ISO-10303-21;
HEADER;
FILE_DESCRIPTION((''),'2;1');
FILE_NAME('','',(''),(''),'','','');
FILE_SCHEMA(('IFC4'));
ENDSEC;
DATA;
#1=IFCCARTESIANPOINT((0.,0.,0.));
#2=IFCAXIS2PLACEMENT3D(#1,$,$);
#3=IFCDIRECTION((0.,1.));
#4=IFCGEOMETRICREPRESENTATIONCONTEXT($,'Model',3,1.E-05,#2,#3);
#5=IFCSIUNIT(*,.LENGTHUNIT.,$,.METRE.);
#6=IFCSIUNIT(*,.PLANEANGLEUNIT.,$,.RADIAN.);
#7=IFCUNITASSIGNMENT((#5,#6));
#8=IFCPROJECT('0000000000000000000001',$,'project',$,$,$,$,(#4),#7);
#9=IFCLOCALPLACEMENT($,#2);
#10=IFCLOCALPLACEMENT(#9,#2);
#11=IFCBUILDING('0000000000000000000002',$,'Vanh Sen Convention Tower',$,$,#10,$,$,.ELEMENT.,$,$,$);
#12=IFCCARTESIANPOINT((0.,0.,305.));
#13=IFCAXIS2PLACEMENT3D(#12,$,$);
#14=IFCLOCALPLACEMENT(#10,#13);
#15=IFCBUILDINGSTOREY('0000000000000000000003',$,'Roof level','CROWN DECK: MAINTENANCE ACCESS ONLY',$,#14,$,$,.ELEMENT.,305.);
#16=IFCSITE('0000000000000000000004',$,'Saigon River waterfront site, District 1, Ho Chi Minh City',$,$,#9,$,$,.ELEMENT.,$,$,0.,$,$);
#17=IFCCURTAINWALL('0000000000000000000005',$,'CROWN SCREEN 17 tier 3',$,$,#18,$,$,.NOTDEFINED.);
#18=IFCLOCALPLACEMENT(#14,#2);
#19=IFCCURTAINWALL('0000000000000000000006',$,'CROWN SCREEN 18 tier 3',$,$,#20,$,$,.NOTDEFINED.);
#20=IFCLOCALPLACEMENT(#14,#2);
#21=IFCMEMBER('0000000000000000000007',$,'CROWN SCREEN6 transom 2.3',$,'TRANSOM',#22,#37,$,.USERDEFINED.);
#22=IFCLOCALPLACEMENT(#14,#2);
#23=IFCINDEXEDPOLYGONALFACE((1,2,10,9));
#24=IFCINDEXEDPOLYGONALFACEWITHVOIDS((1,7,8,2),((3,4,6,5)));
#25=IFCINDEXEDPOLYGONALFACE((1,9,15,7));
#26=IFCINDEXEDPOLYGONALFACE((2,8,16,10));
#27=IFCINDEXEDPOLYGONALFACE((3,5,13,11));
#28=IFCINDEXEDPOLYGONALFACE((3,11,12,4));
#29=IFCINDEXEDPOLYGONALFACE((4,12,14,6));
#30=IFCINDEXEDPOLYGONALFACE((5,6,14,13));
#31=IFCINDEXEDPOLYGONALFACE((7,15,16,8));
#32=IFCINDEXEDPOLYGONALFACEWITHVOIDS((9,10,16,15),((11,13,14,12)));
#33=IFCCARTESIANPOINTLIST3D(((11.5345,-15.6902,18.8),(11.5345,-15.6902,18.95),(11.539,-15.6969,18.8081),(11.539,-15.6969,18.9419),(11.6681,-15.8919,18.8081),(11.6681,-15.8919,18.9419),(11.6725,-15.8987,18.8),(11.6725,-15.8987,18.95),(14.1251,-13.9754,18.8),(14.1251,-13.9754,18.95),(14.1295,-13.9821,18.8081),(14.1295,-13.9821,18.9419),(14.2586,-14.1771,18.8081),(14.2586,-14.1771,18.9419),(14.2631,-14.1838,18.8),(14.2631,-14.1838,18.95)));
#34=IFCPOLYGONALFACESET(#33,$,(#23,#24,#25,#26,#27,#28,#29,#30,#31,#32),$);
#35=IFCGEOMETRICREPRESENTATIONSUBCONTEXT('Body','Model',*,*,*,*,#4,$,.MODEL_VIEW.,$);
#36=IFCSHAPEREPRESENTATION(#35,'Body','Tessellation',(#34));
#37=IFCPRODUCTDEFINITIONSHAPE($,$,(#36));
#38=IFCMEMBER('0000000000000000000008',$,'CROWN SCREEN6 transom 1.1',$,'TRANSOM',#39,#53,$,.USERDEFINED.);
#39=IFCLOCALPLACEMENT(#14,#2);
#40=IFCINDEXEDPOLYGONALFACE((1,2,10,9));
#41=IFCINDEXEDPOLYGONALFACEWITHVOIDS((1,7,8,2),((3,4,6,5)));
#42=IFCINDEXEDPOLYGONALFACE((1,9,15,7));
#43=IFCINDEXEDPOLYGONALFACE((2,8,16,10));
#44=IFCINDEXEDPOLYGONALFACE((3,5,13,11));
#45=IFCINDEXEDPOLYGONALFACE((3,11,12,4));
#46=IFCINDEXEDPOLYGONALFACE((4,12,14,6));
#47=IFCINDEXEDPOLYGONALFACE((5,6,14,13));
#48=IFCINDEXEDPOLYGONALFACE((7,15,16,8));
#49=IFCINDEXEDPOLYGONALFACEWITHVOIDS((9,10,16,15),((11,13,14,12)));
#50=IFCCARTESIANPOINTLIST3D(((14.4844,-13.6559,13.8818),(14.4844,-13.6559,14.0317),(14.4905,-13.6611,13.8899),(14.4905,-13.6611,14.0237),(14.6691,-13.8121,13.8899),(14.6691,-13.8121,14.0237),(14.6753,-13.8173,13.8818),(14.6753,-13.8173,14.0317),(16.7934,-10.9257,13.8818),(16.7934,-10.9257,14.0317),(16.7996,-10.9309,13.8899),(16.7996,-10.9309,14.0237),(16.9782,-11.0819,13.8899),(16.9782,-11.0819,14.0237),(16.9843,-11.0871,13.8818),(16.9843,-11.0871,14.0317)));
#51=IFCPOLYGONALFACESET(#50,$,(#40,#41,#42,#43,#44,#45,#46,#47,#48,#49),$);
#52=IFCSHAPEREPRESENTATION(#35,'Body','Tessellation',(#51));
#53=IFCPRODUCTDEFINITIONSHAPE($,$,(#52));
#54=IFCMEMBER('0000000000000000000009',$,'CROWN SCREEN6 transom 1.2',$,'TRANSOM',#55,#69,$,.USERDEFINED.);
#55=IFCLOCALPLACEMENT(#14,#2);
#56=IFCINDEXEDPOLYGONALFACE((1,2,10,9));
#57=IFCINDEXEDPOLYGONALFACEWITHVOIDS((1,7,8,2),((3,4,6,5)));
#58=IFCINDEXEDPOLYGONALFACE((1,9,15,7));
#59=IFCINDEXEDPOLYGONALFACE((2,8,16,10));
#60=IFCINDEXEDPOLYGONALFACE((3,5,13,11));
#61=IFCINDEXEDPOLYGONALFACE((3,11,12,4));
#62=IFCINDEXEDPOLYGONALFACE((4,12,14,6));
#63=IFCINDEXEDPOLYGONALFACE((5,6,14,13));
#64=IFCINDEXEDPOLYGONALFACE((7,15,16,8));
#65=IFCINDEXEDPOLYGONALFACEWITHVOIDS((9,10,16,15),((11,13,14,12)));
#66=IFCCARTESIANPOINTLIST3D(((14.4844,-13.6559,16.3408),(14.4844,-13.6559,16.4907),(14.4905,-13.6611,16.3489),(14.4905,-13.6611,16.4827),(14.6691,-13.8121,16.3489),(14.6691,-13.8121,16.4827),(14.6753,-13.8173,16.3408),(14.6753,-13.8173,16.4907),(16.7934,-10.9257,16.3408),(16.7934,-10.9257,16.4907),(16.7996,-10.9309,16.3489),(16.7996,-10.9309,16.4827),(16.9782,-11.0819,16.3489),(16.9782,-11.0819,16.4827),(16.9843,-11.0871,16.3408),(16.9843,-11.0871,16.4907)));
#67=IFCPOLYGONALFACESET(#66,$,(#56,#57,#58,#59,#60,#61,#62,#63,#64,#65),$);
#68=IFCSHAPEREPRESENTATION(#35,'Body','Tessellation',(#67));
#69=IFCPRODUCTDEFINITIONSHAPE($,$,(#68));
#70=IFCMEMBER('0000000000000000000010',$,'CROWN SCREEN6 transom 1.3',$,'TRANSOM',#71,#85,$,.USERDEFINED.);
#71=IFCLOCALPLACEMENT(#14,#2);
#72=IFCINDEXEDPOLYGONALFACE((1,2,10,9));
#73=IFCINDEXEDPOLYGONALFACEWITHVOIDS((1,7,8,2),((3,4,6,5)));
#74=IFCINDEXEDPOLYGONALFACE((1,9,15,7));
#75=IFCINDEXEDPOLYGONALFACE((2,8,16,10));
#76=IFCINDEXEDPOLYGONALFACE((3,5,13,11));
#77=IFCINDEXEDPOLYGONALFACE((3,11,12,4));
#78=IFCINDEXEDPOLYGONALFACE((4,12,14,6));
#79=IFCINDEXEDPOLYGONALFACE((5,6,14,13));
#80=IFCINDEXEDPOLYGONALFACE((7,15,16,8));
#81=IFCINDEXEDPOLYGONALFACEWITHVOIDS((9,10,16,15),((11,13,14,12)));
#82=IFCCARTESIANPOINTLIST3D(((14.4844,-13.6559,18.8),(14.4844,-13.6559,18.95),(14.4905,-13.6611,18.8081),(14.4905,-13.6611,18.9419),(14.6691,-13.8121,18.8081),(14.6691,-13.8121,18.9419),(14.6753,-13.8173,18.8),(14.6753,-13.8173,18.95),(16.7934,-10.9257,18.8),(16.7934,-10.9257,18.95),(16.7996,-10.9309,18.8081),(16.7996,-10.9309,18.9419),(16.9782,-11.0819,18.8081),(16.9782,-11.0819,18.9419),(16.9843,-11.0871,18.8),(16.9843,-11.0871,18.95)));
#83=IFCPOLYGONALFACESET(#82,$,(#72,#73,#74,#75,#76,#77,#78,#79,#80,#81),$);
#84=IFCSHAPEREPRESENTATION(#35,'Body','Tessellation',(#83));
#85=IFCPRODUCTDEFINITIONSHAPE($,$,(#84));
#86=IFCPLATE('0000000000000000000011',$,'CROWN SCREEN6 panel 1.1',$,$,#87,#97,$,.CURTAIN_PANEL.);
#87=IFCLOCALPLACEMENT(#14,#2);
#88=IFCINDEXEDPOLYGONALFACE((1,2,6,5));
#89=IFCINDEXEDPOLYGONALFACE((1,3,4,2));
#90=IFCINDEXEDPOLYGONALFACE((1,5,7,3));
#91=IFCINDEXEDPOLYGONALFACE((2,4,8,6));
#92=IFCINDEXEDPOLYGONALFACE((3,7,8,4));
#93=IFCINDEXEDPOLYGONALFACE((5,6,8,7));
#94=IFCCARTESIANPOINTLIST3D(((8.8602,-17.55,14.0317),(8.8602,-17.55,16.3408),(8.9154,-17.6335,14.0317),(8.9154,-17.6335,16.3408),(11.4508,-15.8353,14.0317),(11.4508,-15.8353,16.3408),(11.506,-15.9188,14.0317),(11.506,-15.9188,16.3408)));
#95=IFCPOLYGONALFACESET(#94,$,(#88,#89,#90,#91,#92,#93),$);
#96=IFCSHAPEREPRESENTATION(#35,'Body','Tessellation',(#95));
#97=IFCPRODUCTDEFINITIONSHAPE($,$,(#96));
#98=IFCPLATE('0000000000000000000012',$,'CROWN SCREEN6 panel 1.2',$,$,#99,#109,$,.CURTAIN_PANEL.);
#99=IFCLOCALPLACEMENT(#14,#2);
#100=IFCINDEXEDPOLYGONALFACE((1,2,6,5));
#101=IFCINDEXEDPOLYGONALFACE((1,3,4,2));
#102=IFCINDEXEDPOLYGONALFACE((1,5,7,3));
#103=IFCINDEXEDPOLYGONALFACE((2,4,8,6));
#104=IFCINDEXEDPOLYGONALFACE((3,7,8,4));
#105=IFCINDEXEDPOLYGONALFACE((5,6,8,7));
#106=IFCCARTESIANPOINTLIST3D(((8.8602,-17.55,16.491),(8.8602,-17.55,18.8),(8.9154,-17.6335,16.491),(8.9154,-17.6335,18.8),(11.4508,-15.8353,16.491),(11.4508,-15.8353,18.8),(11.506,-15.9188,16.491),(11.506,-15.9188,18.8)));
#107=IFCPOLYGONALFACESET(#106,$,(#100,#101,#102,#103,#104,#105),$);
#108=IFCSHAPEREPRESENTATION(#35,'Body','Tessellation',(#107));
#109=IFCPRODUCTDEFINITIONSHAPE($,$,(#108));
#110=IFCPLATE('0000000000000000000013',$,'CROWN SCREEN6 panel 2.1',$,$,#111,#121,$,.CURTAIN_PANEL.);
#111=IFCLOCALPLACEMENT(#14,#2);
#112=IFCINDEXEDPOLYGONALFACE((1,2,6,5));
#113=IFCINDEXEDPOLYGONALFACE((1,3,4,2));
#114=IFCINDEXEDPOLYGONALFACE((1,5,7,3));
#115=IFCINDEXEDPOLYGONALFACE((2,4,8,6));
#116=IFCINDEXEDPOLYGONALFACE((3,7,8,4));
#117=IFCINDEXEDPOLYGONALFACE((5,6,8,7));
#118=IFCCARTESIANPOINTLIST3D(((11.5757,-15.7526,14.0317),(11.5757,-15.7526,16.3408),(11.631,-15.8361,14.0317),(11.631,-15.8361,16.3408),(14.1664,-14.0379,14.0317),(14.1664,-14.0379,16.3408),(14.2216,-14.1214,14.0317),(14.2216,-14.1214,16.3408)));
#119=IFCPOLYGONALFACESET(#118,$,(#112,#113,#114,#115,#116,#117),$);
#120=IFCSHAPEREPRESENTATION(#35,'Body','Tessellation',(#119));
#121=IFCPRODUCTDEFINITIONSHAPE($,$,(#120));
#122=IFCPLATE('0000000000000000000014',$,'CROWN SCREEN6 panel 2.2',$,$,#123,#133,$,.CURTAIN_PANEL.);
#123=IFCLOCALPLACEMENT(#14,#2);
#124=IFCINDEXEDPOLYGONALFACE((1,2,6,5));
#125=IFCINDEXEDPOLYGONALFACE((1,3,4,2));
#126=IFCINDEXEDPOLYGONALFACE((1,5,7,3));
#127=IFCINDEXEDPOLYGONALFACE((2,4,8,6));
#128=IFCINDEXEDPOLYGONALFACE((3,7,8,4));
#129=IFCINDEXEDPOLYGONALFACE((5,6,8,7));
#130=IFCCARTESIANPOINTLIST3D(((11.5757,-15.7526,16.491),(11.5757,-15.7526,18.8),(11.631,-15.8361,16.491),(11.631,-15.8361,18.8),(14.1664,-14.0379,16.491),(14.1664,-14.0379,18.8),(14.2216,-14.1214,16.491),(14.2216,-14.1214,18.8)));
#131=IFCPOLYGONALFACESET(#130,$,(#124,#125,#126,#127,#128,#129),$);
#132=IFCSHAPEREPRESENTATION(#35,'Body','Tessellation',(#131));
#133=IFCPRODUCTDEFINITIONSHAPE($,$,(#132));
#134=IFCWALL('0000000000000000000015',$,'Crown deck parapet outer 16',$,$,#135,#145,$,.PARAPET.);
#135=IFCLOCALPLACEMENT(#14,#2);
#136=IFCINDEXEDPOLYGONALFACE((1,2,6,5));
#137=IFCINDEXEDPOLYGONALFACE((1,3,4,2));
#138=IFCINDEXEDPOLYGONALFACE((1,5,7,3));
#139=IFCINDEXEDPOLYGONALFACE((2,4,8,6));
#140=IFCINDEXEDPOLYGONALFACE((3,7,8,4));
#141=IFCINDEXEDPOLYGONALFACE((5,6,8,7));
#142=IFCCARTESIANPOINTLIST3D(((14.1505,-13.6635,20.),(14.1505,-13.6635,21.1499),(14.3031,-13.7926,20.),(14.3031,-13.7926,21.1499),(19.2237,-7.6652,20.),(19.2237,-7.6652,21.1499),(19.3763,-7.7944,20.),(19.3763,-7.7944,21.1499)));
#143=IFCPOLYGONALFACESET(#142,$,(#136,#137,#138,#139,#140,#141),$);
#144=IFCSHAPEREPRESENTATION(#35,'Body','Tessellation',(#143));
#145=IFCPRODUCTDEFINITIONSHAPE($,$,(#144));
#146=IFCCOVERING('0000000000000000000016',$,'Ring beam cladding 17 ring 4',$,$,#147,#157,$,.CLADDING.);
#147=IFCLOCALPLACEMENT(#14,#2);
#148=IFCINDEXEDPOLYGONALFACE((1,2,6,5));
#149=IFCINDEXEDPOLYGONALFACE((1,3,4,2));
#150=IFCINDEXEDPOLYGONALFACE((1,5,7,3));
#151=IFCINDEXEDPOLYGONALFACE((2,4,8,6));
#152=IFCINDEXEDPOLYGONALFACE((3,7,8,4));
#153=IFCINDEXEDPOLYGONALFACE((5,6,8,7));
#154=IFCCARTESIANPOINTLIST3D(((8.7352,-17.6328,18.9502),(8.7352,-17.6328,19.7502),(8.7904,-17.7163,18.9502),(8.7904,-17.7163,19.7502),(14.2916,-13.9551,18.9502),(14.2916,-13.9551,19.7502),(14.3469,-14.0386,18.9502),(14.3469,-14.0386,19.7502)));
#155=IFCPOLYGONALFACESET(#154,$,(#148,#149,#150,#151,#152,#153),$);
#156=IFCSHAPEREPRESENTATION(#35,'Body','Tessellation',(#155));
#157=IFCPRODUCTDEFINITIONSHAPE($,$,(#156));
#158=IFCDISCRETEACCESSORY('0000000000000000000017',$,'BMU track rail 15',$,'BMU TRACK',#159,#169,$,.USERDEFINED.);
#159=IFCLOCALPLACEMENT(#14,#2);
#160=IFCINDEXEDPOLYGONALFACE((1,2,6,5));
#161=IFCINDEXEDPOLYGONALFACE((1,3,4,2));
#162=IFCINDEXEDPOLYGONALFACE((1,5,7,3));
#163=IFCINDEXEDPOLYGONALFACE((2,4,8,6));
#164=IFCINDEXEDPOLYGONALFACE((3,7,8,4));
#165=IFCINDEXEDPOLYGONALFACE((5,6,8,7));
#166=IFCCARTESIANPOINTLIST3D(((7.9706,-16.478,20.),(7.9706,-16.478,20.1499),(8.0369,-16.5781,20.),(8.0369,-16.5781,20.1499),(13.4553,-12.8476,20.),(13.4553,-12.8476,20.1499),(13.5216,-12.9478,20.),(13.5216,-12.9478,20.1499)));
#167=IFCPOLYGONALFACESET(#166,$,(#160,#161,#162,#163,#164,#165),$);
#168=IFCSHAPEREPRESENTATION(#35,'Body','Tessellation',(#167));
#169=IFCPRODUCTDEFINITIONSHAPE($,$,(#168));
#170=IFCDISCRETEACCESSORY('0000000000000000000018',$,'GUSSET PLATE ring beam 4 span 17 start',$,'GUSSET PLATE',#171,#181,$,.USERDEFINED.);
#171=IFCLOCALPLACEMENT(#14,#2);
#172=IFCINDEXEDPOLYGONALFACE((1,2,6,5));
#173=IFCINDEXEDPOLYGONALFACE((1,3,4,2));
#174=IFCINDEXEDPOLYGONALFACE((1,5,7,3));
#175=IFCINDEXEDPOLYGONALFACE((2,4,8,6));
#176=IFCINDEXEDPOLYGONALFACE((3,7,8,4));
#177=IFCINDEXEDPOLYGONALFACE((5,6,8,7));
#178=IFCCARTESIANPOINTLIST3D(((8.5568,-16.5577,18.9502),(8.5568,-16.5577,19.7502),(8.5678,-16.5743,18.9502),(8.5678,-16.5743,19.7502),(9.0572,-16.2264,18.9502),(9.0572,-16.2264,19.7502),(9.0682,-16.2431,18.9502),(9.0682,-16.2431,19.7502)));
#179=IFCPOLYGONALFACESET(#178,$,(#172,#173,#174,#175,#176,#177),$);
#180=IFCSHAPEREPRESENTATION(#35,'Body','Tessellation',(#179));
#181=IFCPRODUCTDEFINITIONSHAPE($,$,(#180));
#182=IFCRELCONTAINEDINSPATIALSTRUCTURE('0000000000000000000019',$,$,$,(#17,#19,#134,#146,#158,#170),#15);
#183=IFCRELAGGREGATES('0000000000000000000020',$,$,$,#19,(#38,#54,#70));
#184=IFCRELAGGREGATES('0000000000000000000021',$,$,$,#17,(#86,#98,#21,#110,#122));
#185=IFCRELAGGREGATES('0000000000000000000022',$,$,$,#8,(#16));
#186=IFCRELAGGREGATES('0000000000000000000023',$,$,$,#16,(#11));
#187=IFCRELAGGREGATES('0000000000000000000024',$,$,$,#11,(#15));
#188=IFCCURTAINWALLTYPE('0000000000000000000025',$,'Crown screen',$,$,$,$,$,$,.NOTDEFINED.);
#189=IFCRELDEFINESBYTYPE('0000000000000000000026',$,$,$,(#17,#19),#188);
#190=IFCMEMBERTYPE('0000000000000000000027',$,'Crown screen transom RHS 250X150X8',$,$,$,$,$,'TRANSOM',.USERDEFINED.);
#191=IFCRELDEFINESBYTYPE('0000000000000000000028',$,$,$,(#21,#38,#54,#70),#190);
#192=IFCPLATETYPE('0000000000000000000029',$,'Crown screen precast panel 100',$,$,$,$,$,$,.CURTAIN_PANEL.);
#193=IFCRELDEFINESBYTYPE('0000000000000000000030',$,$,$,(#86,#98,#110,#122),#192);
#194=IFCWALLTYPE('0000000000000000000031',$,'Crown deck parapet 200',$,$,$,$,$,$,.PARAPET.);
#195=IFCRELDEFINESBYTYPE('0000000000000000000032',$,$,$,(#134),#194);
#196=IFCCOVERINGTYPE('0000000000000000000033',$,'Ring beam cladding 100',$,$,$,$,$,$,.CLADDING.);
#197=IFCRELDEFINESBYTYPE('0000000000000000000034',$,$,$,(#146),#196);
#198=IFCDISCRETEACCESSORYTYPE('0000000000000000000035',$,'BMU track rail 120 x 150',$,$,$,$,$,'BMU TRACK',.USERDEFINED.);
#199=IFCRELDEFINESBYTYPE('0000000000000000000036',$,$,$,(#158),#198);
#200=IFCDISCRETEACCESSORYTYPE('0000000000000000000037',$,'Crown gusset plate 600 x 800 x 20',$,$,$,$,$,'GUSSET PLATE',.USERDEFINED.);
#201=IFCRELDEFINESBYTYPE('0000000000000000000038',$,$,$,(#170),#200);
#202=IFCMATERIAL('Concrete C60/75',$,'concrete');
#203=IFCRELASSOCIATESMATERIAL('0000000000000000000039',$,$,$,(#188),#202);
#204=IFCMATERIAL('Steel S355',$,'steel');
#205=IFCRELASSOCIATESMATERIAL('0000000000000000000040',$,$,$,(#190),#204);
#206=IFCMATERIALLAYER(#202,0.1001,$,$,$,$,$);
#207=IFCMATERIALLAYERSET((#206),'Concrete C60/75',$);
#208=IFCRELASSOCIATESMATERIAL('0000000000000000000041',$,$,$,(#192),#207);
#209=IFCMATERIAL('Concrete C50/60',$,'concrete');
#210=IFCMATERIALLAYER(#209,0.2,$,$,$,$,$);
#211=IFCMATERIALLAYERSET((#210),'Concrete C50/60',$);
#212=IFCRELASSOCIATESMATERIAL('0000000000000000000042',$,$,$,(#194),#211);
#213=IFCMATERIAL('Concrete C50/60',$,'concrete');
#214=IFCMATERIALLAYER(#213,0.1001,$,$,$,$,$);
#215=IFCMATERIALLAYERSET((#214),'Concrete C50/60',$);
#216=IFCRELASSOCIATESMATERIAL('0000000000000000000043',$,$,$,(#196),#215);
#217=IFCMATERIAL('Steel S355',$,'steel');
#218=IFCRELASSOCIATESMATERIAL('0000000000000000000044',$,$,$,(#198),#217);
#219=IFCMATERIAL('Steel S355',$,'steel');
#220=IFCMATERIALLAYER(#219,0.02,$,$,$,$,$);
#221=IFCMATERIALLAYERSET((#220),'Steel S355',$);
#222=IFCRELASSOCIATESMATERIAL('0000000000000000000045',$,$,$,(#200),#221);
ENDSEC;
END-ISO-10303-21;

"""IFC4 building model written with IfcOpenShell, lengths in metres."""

from ifc_helpers import new_model, si_unit, direction, frame, frame_2d, origin, origin_2d, place, context, subcontext, project, spatial, rectangle, hollow_rectangle, extrude, material, layer, layer_set, material_profile, profile_set, type_object, element, aggregate, save


model = new_model("IFC4")

# Units and contexts
model_context = context("Model", 3, precision=1e-05, world=origin(), true_north=direction((0.0, 1.0)))
body_context = subcontext(model_context, "Body", "Model", "MODEL_VIEW")
ifc_project = project(units=[si_unit("LENGTHUNIT", "METRE"), si_unit("PLANEANGLEUNIT", "RADIAN")], contexts=[model_context])

# Site, building, storey
site_placement = place(None, origin())
site = spatial("IfcSite", under=ifc_project, at=site_placement, Name="Saigon River waterfront site, District 1, Ho Chi Minh City", CompositionType="ELEMENT", RefElevation=0.0)
building_placement = place(site_placement, origin())
building = spatial("IfcBuilding", under=site, at=building_placement, Name="Vanh Sen Convention Tower", CompositionType="ELEMENT")
storey_placement = place(building_placement, frame((0.0, 0.0, 305.0)))
storey = spatial("IfcBuildingStorey", under=building, at=storey_placement, Name="Roof level", Description="CROWN DECK: MAINTENANCE ACCESS ONLY", CompositionType="ELEMENT", Elevation=305.0)

# Curtain wall
ifc_material_1 = material(Name="Concrete C60/75", Category="concrete")
curtain_wall_type = type_object("IfcCurtainWallType", Name="Crown screen", PredefinedType="NOTDEFINED", material=ifc_material_1)
curtain_wall_1_placement = place(storey_placement, origin())
curtain_wall_1 = element("IfcCurtainWall", 1, at=curtain_wall_1_placement, inside=storey, type_object=curtain_wall_type, Name="CROWN SCREEN 17 tier 3", PredefinedType="NOTDEFINED")
ifc_material_2 = material(Name="Steel S355", Category="steel")

# Curtain wall
curtain_wall_2_placement = place(storey_placement, origin())
curtain_wall_2 = element("IfcCurtainWall", 2, at=curtain_wall_2_placement, inside=storey, type_object=curtain_wall_type, Name="CROWN SCREEN 18 tier 3", PredefinedType="NOTDEFINED")

# Members
ifc_material_profile_1 = material_profile(ifc_material_2, hollow_rectangle(XDim=0.25, YDim=0.1499, WallThickness=0.0081, at=origin_2d()), Name="RHS 250X150X8")
ifc_profile_set_1 = profile_set([ifc_material_profile_1], Name="Steel S355")
member_type_1 = type_object("IfcMemberType", Name="Crown screen transom RHS 250X150X8", ElementType="TRANSOM", PredefinedType="USERDEFINED", material=ifc_profile_set_1)
member_1_placement = place(storey_placement, frame((11.6035, -15.7944, 18.875), z_axis=(0.833859, 0.551977, 0.0), x_axis=(-0.551977, 0.833859, 0.0)))
member_1 = element("IfcMember", 3, at=member_1_placement, type_object=member_type_1, Name="CROWN SCREEN6 transom 2.3", ObjectType="TRANSOM", PredefinedType="USERDEFINED", context=body_context, shape_type="SweptSolid", body=[
    extrude(hollow_rectangle(XDim=0.25, YDim=0.1499, WallThickness=0.0081, at=origin_2d()), origin(), (0.0, 0.0, 1.0), 3.1067),
])
member_2_placement = place(storey_placement, frame((14.5798, -13.7366, 13.9568), z_axis=(0.645762, 0.763539, 0.0), x_axis=(-0.763539, 0.645762, 0.0)))
member_2 = element("IfcMember", 4, at=member_2_placement, type_object=member_type_1, Name="CROWN SCREEN6 transom 1.1", ObjectType="TRANSOM", PredefinedType="USERDEFINED", context=body_context, shape_type="SweptSolid", body=[
    extrude(hollow_rectangle(XDim=0.25, YDim=0.1499, WallThickness=0.0081, at=origin_2d()), origin(), (0.0, 0.0, 1.0), 3.5757),
])
member_3_placement = place(storey_placement, frame((14.5798, -13.7366, 16.4158), z_axis=(0.645762, 0.763539, 0.0), x_axis=(-0.763539, 0.645762, 0.0)))
member_3 = element("IfcMember", 5, at=member_3_placement, type_object=member_type_1, Name="CROWN SCREEN6 transom 1.2", ObjectType="TRANSOM", PredefinedType="USERDEFINED", context=body_context, shape_type="SweptSolid", body=[
    extrude(hollow_rectangle(XDim=0.25, YDim=0.1499, WallThickness=0.0081, at=origin_2d()), origin(), (0.0, 0.0, 1.0), 3.5757),
])
member_4_placement = place(storey_placement, frame((14.5798, -13.7366, 18.875), z_axis=(0.645762, 0.763539, 0.0), x_axis=(-0.763539, 0.645762, 0.0)))
member_4 = element("IfcMember", 6, at=member_4_placement, type_object=member_type_1, Name="CROWN SCREEN6 transom 1.3", ObjectType="TRANSOM", PredefinedType="USERDEFINED", context=body_context, shape_type="SweptSolid", body=[
    extrude(hollow_rectangle(XDim=0.25, YDim=0.1499, WallThickness=0.0081, at=origin_2d()), origin(), (0.0, 0.0, 1.0), 3.5757),
])
aggregate(curtain_wall_2, [member_2, member_3, member_4])

# Plates
ifc_layer_1 = layer(ifc_material_1, 0.1001)
ifc_layer_set_1 = layer_set([ifc_layer_1], Name="Concrete C60/75")
plate_type = type_object("IfcPlateType", Name="Crown screen precast panel 100", PredefinedType="CURTAIN_PANEL", material=ifc_layer_set_1)
plate_1_placement = place(storey_placement, frame((10.1831, -16.7344, 14.0317), z_axis=(0.0, 0.0, 1.0), x_axis=(0.833886, 0.551937, 0.0)))
plate_1 = element("IfcPlate", 7, at=plate_1_placement, type_object=plate_type, Name="CROWN SCREEN6 panel 1.1", PredefinedType="CURTAIN_PANEL", context=body_context, shape_type="SweptSolid", body=[
    extrude(rectangle(XDim=3.1067, YDim=0.1001, at=origin_2d()), origin(), (0.0, 0.0, 1.0), 2.3091),
])
plate_2_placement = place(storey_placement, frame((10.1831, -16.7344, 16.491), z_axis=(0.0, 0.0, 1.0), x_axis=(0.833886, 0.551937, 0.0)))
plate_2 = element("IfcPlate", 8, at=plate_2_placement, type_object=plate_type, Name="CROWN SCREEN6 panel 1.2", PredefinedType="CURTAIN_PANEL", context=body_context, shape_type="SweptSolid", body=[
    extrude(rectangle(XDim=3.1067, YDim=0.1001, at=origin_2d()), origin(), (0.0, 0.0, 1.0), 2.3091),
])
plate_3_placement = place(storey_placement, frame((12.8987, -14.937, 14.0317), z_axis=(0.0, 0.0, 1.0), x_axis=(0.833886, 0.551937, 0.0)))
plate_3 = element("IfcPlate", 9, at=plate_3_placement, type_object=plate_type, Name="CROWN SCREEN6 panel 2.1", PredefinedType="CURTAIN_PANEL", context=body_context, shape_type="SweptSolid", body=[
    extrude(rectangle(XDim=3.1067, YDim=0.1001, at=origin_2d()), origin(), (0.0, 0.0, 1.0), 2.3091),
])
plate_4_placement = place(storey_placement, frame((12.8987, -14.937, 16.491), z_axis=(0.0, 0.0, 1.0), x_axis=(0.833886, 0.551937, 0.0)))
plate_4 = element("IfcPlate", 10, at=plate_4_placement, type_object=plate_type, Name="CROWN SCREEN6 panel 2.2", PredefinedType="CURTAIN_PANEL", context=body_context, shape_type="SweptSolid", body=[
    extrude(rectangle(XDim=3.1067, YDim=0.1001, at=origin_2d()), origin(), (0.0, 0.0, 1.0), 2.3091),
])
aggregate(curtain_wall_1, [plate_1, plate_2, member_1, plate_3, plate_4])

# Wall
ifc_material_3 = material(Name="Concrete C50/60", Category="concrete")
ifc_layer_2 = layer(ifc_material_3, 0.2)
ifc_layer_set_2 = layer_set([ifc_layer_2], Name="Concrete C50/60")
wall_type = type_object("IfcWallType", Name="Crown deck parapet 200", PredefinedType="PARAPET", material=ifc_layer_set_2)
wall_placement = place(storey_placement, frame((14.2268, -13.728, 20.0), z_axis=(0.0, 0.0, 1.0), x_axis=(0.645776, 0.763527, 0.0)))
element("IfcWall", 11, at=wall_placement, inside=storey, type_object=wall_type, Name="Crown deck parapet outer 16", PredefinedType="PARAPET", context=body_context, shape_type="SweptSolid", body=[
    extrude(rectangle(XDim=7.856, YDim=0.2, at=frame_2d((3.928, 0.0))), origin(), (0.0, 0.0, 1.0), 1.1499),
])

# Covering
ifc_material_4 = material(Name="Concrete C50/60", Category="concrete")
ifc_layer_3 = layer(ifc_material_4, 0.1001)
ifc_layer_set_3 = layer_set([ifc_layer_3], Name="Concrete C50/60")
covering_type = type_object("IfcCoveringType", Name="Ring beam cladding 100", PredefinedType="CLADDING", material=ifc_layer_set_3)
covering_placement = place(storey_placement, frame((11.541, -15.8357, 18.9502), z_axis=(0.0, 0.0, 1.0), x_axis=(0.833886, 0.551937, 0.0)))
element("IfcCovering", 12, at=covering_placement, inside=storey, type_object=covering_type, Name="Ring beam cladding 17 ring 4", PredefinedType="CLADDING", context=body_context, shape_type="SweptSolid", body=[
    extrude(rectangle(XDim=6.6633, YDim=0.1001, at=origin_2d()), origin(), (0.0, 0.0, 1.0), 0.8),
])

# Discrete accessories
ifc_material_5 = material(Name="Steel S355", Category="steel")
discrete_accessory_type_1 = type_object("IfcDiscreteAccessoryType", Name="BMU track rail 120 x 150", ElementType="BMU TRACK", PredefinedType="USERDEFINED", material=ifc_material_5)
discrete_accessory_1_placement = place(storey_placement, frame((10.7461, -14.7129, 20.0), z_axis=(0.0, 0.0, 1.0), x_axis=(0.833884, 0.55194, 0.0)))
element("IfcDiscreteAccessory", 13, at=discrete_accessory_1_placement, inside=storey, type_object=discrete_accessory_type_1, Name="BMU track rail 15", ObjectType="BMU TRACK", PredefinedType="USERDEFINED", context=body_context, shape_type="SweptSolid", body=[
    extrude(rectangle(XDim=6.5774, YDim=0.1201, at=origin_2d()), origin(), (0.0, 0.0, 1.0), 0.1499),
])
ifc_material_6 = material(Name="Steel S355", Category="steel")
ifc_layer_4 = layer(ifc_material_6, 0.02)
ifc_layer_set_4 = layer_set([ifc_layer_4], Name="Steel S355")
discrete_accessory_type_2 = type_object("IfcDiscreteAccessoryType", Name="Crown gusset plate 600 x 800 x 20", ElementType="GUSSET PLATE", PredefinedType="USERDEFINED", material=ifc_layer_set_4)
discrete_accessory_2_placement = place(storey_placement, frame((8.8125, -16.4004, 18.9502), z_axis=(0.0, 0.0, 1.0), x_axis=(0.833886, 0.551937, 0.0)))
element("IfcDiscreteAccessory", 14, at=discrete_accessory_2_placement, inside=storey, type_object=discrete_accessory_type_2, Name="GUSSET PLATE ring beam 4 span 17 start", ObjectType="GUSSET PLATE", PredefinedType="USERDEFINED", context=body_context, shape_type="SweptSolid", body=[
    extrude(rectangle(XDim=0.6001, YDim=0.02, at=origin_2d()), origin(), (0.0, 0.0, 1.0), 0.8),
])

save(model, "model.ifc")
